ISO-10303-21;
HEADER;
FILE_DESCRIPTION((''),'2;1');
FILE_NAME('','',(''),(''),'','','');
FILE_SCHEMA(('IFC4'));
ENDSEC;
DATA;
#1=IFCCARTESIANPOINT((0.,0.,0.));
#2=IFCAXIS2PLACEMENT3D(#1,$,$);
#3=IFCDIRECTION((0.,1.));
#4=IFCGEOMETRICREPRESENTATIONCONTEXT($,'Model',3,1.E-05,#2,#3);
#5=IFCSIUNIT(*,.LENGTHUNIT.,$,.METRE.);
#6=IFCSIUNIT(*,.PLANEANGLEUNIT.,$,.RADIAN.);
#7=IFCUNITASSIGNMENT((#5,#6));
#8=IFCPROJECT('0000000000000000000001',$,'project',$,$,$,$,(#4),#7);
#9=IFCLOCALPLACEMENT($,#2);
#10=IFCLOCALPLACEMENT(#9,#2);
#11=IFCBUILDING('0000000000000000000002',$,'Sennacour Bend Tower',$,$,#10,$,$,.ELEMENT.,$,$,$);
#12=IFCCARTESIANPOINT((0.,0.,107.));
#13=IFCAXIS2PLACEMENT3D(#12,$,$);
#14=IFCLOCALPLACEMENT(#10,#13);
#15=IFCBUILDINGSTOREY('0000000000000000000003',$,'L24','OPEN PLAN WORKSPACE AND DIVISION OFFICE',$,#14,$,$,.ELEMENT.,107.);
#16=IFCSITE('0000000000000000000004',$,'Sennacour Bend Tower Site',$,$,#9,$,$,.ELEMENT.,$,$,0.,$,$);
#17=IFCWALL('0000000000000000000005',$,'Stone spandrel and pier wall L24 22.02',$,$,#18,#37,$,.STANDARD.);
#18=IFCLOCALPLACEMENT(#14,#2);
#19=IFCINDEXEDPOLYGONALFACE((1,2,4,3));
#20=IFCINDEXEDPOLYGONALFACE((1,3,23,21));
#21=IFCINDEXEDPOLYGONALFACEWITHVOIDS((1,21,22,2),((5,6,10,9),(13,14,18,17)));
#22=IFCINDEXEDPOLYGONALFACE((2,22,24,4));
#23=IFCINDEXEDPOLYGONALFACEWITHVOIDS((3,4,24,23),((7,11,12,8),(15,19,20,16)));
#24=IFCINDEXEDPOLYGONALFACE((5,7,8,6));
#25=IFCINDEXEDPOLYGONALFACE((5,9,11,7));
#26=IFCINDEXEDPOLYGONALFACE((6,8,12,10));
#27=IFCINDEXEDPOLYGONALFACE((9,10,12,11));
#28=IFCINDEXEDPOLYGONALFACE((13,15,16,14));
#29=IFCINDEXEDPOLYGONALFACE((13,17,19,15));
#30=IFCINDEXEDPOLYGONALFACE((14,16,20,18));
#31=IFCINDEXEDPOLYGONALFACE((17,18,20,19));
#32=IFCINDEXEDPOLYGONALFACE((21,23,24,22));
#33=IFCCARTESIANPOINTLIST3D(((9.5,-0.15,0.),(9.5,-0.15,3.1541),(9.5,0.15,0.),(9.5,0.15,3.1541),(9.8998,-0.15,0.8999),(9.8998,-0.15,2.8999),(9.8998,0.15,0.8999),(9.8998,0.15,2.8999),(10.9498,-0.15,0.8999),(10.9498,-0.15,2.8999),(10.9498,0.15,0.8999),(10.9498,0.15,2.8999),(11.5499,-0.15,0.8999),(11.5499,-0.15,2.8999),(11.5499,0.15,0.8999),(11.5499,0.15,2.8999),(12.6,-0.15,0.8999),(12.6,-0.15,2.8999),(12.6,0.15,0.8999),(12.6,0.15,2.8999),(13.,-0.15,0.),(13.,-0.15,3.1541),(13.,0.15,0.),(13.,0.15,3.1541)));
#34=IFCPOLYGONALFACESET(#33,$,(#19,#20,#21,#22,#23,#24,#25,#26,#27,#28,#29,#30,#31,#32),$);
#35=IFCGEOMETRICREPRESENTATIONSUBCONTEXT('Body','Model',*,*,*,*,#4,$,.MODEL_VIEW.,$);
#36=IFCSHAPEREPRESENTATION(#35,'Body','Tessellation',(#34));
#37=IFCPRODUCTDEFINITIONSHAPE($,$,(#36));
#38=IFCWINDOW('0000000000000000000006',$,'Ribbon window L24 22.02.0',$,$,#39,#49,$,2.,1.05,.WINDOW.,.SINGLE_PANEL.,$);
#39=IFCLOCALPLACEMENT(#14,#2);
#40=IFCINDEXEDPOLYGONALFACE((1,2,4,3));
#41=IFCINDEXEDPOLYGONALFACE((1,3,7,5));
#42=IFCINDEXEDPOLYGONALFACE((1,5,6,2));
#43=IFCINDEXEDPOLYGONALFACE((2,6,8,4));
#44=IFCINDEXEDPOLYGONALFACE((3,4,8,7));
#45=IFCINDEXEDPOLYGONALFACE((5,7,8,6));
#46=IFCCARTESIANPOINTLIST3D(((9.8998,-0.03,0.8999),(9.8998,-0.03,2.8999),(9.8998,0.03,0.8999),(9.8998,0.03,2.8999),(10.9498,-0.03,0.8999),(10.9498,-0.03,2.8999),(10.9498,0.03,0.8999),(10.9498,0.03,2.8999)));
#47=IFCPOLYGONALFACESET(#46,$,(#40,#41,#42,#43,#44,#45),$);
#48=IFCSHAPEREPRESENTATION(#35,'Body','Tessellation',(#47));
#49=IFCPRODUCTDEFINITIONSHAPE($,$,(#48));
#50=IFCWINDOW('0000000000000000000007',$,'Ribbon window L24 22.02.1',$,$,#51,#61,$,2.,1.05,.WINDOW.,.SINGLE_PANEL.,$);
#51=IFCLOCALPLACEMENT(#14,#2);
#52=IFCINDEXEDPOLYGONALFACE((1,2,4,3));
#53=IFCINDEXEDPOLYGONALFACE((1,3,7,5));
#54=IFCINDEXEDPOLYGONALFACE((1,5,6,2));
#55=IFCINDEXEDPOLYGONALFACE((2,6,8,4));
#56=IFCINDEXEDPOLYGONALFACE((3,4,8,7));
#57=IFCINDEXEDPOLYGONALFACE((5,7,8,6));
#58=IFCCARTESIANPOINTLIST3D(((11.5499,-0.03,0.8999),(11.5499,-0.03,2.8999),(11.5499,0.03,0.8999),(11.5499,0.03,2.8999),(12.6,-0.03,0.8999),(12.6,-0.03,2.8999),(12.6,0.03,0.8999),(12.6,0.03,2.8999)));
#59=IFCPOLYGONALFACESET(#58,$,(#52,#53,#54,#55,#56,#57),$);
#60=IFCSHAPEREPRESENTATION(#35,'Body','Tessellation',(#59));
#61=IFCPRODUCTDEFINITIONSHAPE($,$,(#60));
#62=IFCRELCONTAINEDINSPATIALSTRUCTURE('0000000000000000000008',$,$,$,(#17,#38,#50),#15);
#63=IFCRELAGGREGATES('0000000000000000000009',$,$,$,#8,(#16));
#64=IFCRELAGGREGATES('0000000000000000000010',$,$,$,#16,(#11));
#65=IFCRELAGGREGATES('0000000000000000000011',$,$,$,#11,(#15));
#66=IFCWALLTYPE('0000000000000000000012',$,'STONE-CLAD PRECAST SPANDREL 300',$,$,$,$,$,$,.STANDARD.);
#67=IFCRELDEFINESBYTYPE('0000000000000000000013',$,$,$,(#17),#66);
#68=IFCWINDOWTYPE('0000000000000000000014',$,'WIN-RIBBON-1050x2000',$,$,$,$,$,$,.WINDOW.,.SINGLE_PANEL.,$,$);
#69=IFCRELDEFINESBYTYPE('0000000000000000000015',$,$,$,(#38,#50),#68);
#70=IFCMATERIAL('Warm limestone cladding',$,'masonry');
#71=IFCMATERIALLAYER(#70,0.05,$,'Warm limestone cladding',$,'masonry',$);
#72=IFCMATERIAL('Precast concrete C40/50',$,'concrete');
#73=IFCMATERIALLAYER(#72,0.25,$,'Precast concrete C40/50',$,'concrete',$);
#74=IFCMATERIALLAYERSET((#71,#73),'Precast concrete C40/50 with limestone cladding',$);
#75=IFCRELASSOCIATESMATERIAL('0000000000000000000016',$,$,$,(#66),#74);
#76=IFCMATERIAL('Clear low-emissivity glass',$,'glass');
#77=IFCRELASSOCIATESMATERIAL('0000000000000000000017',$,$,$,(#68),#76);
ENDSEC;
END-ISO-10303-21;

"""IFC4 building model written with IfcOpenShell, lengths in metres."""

from ifc_helpers import new_model, si_unit, direction, frame, frame_2d, origin, place, context, subcontext, project, spatial, rectangle, extrude, material, layer, layer_set, type_object, element, fill, save


model = new_model("IFC4")

# Units and contexts
model_context = context("Model", 3, precision=1e-05, world=origin(), true_north=direction((0.0, 1.0)))
body_context = subcontext(model_context, "Body", "Model", "MODEL_VIEW")
ifc_project = project(units=[si_unit("LENGTHUNIT", "METRE"), si_unit("PLANEANGLEUNIT", "RADIAN")], contexts=[model_context])

# Site, building, storey
site_placement = place(None, origin())
site = spatial("IfcSite", under=ifc_project, at=site_placement, Name="Sennacour Bend Tower Site", CompositionType="ELEMENT", RefElevation=0.0)
building_placement = place(site_placement, origin())
building = spatial("IfcBuilding", under=site, at=building_placement, Name="Sennacour Bend Tower", CompositionType="ELEMENT")
storey_placement = place(building_placement, frame((0.0, 0.0, 107.0)))
storey = spatial("IfcBuildingStorey", under=building, at=storey_placement, Name="L24", Description="OPEN PLAN WORKSPACE AND DIVISION OFFICE", CompositionType="ELEMENT", Elevation=107.0)

# Wall, openings, windows
ifc_material_1 = material(Name="Warm limestone cladding", Category="masonry")
ifc_layer_1 = layer(ifc_material_1, 0.05, Name="Warm limestone cladding", Category="masonry")
ifc_material_2 = material(Name="Precast concrete C40/50", Category="concrete")
ifc_layer_2 = layer(ifc_material_2, 0.25, Name="Precast concrete C40/50", Category="concrete")
ifc_layer_set_1 = layer_set([ifc_layer_1, ifc_layer_2], Name="Precast concrete C40/50 with limestone cladding")
wall_type_1 = type_object("IfcWallType", Name="STONE-CLAD PRECAST SPANDREL 300", PredefinedType="STANDARD", material=ifc_layer_set_1)
wall_1_placement = place(storey_placement, frame((9.5, 0.0, 0.0), z_axis=(0.0, 0.0, 1.0), x_axis=(1.0, 0.0, 0.0)))
wall_1 = element("IfcWall", 1, at=wall_1_placement, inside=storey, type_object=wall_type_1, Name="Stone spandrel and pier wall L24 22.02", PredefinedType="STANDARD", context=body_context, shape_type="SweptSolid", body=[
    extrude(rectangle(XDim=3.5, YDim=0.3, at=frame_2d((1.75, 0.0))), origin(), (0.0, 0.0, 1.0), 3.1541),
])
opening_1_placement = place(wall_1_placement, frame((0.3999, 0.0, 0.8999)))
opening_1 = element("IfcOpeningElement", 2, at=opening_1_placement, cuts=wall_1, PredefinedType="OPENING", context=body_context, shape_type="SweptSolid", body=[
    extrude(rectangle(XDim=1.05, YDim=2.0, at=frame_2d((0.5249, 1.0))), frame((0.0, 0.1602, 0.0), z_axis=(0.0, -1.0, 0.0), x_axis=(1.0, 0.0, 0.0)), (0.0, 0.0, 1.0), 0.3201),
])
opening_2_placement = place(wall_1_placement, frame((2.05, 0.0, 0.8999)))
opening_2 = element("IfcOpeningElement", 3, at=opening_2_placement, cuts=wall_1, PredefinedType="OPENING", context=body_context, shape_type="SweptSolid", body=[
    extrude(rectangle(XDim=1.05, YDim=2.0, at=frame_2d((0.5249, 1.0))), frame((0.0, 0.1602, 0.0), z_axis=(0.0, -1.0, 0.0), x_axis=(1.0, 0.0, 0.0)), (0.0, 0.0, 1.0), 0.3201),
])
ifc_material_3 = material(Name="Clear low-emissivity glass", Category="glass")
window_type = type_object("IfcWindowType", Name="WIN-RIBBON-1050x2000", PartitioningType="SINGLE_PANEL", PredefinedType="WINDOW", material=ifc_material_3)
window_1_placement = place(opening_1_placement, origin())
window_1 = element("IfcWindow", 4, at=window_1_placement, inside=storey, type_object=window_type, Name="Ribbon window L24 22.02.0", OverallHeight=2.0, OverallWidth=1.05, PartitioningType="SINGLE_PANEL", PredefinedType="WINDOW", context=body_context, shape_type="SweptSolid", body=[
    extrude(rectangle(XDim=1.05, YDim=2.0, at=frame_2d((0.5249, 1.0))), frame((0.0, 0.03, 0.0), z_axis=(0.0, -1.0, 0.0), x_axis=(1.0, 0.0, 0.0)), (0.0, 0.0, 1.0), 0.0601),
])
fill(opening_1, window_1)
window_2_placement = place(opening_2_placement, origin())
window_2 = element("IfcWindow", 5, at=window_2_placement, inside=storey, type_object=window_type, Name="Ribbon window L24 22.02.1", OverallHeight=2.0, OverallWidth=1.05, PartitioningType="SINGLE_PANEL", PredefinedType="WINDOW", context=body_context, shape_type="SweptSolid", body=[
    extrude(rectangle(XDim=1.05, YDim=2.0, at=frame_2d((0.5249, 1.0))), frame((0.0, 0.03, 0.0), z_axis=(0.0, -1.0, 0.0), x_axis=(1.0, 0.0, 0.0)), (0.0, 0.0, 1.0), 0.0601),
])
fill(opening_2, window_2)

save(model, "model.ifc")
